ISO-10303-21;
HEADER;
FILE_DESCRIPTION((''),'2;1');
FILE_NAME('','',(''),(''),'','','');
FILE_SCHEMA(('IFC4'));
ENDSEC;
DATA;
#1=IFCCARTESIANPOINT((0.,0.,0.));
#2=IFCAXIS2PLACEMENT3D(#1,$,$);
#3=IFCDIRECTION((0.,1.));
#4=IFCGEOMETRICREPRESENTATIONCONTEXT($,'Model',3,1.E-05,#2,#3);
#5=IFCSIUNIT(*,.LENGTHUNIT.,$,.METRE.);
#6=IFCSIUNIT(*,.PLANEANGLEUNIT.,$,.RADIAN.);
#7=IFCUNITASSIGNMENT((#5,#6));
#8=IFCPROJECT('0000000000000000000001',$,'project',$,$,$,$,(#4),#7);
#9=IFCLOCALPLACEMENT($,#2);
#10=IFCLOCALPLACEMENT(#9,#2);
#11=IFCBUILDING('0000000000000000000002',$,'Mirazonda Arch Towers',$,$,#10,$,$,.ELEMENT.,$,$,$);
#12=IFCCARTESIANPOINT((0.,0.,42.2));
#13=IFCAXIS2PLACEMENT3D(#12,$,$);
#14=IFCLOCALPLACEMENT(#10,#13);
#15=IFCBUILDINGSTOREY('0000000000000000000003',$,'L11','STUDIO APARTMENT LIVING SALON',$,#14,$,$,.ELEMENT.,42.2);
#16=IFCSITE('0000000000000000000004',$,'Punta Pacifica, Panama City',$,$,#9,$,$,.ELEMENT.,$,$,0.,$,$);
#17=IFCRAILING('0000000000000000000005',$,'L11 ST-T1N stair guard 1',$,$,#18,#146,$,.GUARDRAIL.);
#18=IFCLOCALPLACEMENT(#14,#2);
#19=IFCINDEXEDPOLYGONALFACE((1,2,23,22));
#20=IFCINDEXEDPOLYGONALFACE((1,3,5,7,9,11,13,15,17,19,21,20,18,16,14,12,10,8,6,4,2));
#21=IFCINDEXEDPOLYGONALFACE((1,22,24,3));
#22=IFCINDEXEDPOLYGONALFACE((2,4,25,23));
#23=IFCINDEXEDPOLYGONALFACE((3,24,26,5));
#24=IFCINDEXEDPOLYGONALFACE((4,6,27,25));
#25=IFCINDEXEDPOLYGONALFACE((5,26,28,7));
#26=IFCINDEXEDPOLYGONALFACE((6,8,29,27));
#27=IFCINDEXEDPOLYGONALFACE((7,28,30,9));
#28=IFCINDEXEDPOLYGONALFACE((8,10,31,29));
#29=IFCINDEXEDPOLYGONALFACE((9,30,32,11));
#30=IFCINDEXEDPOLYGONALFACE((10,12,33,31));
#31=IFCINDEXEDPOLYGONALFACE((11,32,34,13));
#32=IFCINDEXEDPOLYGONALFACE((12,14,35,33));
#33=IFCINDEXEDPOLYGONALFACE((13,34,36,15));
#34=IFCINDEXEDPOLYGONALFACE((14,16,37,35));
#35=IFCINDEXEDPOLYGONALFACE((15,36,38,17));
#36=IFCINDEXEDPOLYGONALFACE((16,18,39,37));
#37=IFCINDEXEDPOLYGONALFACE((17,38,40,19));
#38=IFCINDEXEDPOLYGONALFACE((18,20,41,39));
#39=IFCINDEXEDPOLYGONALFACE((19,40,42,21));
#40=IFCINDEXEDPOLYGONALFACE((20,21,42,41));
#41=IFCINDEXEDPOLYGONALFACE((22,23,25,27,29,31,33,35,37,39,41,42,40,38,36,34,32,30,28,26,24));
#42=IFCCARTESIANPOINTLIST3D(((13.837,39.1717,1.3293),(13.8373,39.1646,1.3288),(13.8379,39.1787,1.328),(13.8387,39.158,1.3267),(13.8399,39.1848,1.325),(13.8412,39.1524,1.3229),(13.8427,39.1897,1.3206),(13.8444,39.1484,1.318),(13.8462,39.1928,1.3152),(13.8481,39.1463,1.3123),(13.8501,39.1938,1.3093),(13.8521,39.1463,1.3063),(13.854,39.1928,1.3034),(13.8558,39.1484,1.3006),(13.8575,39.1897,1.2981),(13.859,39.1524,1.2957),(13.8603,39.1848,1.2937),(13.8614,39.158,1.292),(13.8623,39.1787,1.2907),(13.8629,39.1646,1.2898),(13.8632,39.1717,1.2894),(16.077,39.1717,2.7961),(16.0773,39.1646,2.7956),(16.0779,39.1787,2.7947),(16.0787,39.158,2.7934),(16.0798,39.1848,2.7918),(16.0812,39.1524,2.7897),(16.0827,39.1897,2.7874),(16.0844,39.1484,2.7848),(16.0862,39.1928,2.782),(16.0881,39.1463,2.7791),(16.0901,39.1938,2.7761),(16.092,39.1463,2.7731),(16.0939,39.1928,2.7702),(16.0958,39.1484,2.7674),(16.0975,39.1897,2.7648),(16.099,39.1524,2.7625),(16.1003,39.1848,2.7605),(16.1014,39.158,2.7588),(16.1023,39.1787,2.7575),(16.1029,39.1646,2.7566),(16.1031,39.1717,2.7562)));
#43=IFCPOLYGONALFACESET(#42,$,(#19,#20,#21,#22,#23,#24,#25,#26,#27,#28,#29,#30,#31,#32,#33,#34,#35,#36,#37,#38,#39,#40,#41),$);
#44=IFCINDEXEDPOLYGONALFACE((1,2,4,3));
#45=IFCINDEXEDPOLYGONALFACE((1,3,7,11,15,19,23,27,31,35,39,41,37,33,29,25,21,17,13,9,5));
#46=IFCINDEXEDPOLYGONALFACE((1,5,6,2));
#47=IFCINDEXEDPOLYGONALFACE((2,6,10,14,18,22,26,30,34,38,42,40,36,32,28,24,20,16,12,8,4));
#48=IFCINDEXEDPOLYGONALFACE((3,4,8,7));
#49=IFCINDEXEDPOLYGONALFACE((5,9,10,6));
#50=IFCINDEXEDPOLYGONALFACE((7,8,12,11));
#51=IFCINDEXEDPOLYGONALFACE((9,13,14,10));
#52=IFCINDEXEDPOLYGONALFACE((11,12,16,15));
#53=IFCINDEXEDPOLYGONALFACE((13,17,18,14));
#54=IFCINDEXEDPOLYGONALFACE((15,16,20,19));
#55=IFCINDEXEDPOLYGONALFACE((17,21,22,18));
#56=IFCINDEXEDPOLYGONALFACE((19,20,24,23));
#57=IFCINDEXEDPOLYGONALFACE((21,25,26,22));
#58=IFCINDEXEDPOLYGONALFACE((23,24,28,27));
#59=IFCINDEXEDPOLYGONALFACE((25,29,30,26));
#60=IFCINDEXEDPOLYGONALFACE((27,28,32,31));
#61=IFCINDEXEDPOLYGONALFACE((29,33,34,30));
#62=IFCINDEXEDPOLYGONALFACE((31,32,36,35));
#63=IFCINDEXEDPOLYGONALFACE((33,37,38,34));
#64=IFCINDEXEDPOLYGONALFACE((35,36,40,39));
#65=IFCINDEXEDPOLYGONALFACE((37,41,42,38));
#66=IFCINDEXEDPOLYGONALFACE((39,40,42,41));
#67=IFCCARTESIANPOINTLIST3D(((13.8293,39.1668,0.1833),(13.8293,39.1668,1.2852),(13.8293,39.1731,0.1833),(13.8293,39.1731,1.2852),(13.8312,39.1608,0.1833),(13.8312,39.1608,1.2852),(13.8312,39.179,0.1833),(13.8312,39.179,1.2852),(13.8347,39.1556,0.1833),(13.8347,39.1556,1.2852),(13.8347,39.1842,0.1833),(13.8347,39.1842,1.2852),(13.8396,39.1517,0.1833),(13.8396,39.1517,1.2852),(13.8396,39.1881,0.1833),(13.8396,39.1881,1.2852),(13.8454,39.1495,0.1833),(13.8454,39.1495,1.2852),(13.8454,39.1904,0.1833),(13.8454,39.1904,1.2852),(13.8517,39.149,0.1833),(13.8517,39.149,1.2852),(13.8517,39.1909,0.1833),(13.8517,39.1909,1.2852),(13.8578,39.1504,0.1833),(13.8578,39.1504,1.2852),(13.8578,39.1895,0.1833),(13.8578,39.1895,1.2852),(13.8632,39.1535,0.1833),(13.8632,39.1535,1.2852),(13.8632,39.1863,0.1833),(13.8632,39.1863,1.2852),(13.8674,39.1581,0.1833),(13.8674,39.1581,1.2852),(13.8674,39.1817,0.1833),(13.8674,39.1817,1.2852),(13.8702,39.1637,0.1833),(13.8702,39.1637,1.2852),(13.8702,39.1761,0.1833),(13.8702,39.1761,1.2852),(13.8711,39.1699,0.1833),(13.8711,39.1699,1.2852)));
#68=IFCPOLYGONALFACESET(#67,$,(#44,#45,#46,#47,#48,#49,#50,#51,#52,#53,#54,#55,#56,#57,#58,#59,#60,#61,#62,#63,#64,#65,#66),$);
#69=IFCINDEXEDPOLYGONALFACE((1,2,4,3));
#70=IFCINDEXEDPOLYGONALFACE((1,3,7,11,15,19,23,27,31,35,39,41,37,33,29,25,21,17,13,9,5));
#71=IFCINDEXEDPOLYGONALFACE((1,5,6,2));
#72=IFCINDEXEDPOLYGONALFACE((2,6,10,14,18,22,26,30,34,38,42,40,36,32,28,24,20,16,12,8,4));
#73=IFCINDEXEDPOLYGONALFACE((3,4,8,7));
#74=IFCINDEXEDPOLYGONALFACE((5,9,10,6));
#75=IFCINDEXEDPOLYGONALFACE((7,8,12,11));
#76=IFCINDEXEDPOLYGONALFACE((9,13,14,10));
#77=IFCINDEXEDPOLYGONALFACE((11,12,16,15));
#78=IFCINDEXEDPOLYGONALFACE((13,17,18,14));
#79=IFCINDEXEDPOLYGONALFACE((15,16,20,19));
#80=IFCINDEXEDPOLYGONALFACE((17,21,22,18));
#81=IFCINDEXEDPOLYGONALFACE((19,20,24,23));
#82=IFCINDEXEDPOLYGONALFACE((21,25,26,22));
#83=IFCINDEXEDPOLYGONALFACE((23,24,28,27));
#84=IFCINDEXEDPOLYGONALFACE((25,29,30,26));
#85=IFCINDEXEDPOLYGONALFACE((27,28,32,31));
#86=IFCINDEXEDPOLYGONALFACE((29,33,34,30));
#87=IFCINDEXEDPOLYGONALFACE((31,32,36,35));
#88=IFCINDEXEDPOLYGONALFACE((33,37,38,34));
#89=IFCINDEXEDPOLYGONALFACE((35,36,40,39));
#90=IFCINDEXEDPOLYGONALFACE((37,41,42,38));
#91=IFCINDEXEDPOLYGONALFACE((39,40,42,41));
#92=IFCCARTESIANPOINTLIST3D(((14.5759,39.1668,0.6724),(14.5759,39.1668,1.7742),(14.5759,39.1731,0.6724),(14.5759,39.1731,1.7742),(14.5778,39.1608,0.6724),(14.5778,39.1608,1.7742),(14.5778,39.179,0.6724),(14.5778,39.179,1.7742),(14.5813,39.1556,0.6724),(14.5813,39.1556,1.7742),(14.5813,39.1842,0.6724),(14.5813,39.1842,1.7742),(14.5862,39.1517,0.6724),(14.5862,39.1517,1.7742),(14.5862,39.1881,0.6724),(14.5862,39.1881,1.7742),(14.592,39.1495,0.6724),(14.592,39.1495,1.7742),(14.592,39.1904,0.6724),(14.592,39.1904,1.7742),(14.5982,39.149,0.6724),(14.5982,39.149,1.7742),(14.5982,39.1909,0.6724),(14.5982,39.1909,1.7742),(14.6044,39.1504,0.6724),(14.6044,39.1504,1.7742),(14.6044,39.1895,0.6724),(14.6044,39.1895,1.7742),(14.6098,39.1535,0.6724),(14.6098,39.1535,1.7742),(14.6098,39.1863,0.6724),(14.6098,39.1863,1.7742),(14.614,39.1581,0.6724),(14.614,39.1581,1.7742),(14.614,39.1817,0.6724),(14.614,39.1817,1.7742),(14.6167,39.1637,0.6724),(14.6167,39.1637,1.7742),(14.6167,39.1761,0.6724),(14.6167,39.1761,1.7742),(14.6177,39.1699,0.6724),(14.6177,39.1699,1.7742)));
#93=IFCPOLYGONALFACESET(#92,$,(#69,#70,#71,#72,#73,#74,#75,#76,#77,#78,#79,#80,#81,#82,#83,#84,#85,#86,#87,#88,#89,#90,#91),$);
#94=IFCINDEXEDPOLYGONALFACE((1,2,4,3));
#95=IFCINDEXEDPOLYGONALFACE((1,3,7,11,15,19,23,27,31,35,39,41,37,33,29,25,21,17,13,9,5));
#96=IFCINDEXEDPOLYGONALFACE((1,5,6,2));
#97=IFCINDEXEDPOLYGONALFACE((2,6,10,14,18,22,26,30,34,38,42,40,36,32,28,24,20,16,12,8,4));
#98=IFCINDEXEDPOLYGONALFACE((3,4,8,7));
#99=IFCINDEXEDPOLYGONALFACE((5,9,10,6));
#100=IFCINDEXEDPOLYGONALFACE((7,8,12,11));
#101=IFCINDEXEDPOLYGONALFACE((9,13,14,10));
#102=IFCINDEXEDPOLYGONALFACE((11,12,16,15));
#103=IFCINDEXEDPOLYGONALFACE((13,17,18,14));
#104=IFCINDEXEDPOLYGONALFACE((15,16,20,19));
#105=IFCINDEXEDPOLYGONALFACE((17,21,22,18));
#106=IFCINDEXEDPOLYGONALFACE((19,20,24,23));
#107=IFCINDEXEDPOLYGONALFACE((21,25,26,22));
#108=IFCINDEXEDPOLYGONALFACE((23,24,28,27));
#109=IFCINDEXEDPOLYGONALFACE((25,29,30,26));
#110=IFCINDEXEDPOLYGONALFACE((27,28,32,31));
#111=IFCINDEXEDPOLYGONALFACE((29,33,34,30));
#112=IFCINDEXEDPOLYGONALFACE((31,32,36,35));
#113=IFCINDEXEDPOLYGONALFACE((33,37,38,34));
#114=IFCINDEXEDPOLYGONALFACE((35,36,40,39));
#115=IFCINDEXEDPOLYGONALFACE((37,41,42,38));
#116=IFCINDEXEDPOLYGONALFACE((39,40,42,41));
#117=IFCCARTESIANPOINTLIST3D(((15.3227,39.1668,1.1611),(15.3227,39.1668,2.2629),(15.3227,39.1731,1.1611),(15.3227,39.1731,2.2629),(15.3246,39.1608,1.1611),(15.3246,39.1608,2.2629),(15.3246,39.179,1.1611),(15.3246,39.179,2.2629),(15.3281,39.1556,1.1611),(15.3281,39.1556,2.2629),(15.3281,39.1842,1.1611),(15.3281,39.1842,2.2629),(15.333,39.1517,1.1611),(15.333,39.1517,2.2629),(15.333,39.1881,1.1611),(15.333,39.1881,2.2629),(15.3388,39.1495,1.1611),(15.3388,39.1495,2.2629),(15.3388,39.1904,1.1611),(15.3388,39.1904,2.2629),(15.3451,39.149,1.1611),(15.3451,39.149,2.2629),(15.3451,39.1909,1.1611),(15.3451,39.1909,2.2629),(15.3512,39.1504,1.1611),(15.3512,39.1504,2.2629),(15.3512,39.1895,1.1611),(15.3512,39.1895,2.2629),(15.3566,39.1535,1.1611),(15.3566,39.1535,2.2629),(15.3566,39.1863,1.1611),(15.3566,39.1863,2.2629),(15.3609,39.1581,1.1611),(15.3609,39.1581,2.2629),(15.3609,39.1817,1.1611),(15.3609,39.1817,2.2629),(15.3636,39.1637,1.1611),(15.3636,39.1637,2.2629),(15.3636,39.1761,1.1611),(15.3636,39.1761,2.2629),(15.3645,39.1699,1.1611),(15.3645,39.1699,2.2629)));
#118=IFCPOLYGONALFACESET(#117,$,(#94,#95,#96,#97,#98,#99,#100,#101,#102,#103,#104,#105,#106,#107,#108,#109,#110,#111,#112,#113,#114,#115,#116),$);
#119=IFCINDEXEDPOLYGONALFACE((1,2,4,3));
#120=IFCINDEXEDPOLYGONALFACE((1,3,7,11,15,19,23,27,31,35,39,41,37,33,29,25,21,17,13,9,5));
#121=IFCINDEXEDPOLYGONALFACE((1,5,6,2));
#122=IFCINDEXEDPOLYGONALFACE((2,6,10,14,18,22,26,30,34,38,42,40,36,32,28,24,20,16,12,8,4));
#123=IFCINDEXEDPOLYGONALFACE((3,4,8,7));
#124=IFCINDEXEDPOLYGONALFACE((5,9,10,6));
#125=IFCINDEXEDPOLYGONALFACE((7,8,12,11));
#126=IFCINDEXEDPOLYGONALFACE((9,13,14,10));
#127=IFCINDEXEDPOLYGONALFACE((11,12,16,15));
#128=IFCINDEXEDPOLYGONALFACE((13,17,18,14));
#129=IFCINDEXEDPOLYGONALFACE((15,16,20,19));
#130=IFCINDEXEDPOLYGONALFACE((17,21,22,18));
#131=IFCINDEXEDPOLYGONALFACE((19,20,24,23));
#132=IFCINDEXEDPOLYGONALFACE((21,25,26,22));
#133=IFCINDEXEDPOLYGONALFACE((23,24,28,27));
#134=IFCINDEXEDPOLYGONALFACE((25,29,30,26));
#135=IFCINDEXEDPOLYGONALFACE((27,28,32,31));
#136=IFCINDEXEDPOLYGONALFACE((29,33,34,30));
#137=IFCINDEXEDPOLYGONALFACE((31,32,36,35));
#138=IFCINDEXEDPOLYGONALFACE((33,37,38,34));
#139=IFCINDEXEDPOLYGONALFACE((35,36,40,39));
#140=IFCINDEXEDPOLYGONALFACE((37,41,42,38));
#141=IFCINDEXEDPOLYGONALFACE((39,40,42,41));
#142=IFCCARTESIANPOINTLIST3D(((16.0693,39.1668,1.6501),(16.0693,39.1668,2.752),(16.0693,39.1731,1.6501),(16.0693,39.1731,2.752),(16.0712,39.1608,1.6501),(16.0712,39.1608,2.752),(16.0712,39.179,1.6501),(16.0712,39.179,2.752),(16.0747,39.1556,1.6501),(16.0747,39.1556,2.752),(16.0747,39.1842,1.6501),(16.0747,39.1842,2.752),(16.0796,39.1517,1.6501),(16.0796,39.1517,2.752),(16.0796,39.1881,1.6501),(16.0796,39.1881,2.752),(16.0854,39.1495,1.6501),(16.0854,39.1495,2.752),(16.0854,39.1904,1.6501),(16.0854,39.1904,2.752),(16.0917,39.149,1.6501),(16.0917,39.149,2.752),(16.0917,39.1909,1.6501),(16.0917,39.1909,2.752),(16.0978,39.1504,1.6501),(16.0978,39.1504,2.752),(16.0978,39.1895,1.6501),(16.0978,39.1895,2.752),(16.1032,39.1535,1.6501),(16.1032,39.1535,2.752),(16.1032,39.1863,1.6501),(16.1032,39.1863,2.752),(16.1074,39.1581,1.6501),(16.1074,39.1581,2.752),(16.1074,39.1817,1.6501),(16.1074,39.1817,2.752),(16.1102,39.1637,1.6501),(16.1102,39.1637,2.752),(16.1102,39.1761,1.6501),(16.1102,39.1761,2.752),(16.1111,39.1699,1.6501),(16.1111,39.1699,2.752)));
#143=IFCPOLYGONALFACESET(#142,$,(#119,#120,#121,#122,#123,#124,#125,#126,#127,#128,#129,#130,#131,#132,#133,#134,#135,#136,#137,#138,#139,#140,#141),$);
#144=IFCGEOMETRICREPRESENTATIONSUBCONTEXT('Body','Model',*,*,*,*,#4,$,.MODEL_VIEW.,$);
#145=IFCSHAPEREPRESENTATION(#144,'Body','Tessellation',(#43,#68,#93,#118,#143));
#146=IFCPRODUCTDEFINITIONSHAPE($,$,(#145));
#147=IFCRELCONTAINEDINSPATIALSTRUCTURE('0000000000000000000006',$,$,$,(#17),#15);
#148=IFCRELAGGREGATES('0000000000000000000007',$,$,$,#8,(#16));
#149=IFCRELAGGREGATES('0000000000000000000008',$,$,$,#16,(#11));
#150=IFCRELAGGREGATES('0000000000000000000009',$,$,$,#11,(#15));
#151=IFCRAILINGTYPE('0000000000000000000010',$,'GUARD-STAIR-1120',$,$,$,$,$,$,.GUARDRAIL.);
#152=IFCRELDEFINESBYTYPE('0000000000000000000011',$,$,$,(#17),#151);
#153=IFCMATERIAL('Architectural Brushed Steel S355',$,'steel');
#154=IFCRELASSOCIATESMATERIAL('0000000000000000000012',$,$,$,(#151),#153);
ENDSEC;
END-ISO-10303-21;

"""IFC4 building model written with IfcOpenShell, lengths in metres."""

from ifc_helpers import new_model, si_unit, direction, frame, origin, origin_2d, place, context, subcontext, project, spatial, circle, extrude, material, type_object, element, save


model = new_model("IFC4")

# Units and contexts
model_context = context("Model", 3, precision=1e-05, world=origin(), true_north=direction((0.0, 1.0)))
body_context = subcontext(model_context, "Body", "Model", "MODEL_VIEW")
ifc_project = project(units=[si_unit("LENGTHUNIT", "METRE"), si_unit("PLANEANGLEUNIT", "RADIAN")], contexts=[model_context])

# Site, building, storey
site_placement = place(None, origin())
site = spatial("IfcSite", under=ifc_project, at=site_placement, Name="Punta Pacifica, Panama City", CompositionType="ELEMENT", RefElevation=0.0)
building_placement = place(site_placement, origin())
building = spatial("IfcBuilding", under=site, at=building_placement, Name="Mirazonda Arch Towers", CompositionType="ELEMENT")
storey_placement = place(building_placement, frame((0.0, 0.0, 42.2)))
storey = spatial("IfcBuildingStorey", under=building, at=storey_placement, Name="L11", Description="STUDIO APARTMENT LIVING SALON", CompositionType="ELEMENT", Elevation=42.2)

# Shared definitions
ifc_material_1 = material(Name="Architectural Brushed Steel S355", Category="steel")

# Railing
railing_type_1 = type_object("IfcRailingType", Name="GUARD-STAIR-1120", PredefinedType="GUARDRAIL", material=ifc_material_1)
railing_1_placement = place(storey_placement, frame((13.8501, 39.1699, 0.1833)))
element("IfcRailing", 1, at=railing_1_placement, inside=storey, type_object=railing_type_1, Name="L11 ST-T1N stair guard 1", PredefinedType="GUARDRAIL", context=body_context, shape_type="SweptSolid", body=[
    extrude(circle(Radius=0.0239, at=origin_2d()), frame((0.0, 0.0, 1.126), z_axis=(0.836595, 0.0, 0.547822), x_axis=(0.0, 1.0, 0.0)), (0.0, 0.0, 1.0), 2.6775),
    extrude(circle(Radius=0.021, at=origin_2d()), origin(), (0.0, 0.0, 1.0), 1.1018),
    extrude(circle(Radius=0.021, at=origin_2d()), frame((0.7466, 0.0, 0.489)), (0.0, 0.0, 1.0), 1.1018),
    extrude(circle(Radius=0.021, at=origin_2d()), frame((1.4934, 0.0, 0.9778)), (0.0, 0.0, 1.0), 1.1018),
    extrude(circle(Radius=0.021, at=origin_2d()), frame((2.24, 0.0, 1.4668)), (0.0, 0.0, 1.0), 1.1018),
])

save(model, "model.ifc")
